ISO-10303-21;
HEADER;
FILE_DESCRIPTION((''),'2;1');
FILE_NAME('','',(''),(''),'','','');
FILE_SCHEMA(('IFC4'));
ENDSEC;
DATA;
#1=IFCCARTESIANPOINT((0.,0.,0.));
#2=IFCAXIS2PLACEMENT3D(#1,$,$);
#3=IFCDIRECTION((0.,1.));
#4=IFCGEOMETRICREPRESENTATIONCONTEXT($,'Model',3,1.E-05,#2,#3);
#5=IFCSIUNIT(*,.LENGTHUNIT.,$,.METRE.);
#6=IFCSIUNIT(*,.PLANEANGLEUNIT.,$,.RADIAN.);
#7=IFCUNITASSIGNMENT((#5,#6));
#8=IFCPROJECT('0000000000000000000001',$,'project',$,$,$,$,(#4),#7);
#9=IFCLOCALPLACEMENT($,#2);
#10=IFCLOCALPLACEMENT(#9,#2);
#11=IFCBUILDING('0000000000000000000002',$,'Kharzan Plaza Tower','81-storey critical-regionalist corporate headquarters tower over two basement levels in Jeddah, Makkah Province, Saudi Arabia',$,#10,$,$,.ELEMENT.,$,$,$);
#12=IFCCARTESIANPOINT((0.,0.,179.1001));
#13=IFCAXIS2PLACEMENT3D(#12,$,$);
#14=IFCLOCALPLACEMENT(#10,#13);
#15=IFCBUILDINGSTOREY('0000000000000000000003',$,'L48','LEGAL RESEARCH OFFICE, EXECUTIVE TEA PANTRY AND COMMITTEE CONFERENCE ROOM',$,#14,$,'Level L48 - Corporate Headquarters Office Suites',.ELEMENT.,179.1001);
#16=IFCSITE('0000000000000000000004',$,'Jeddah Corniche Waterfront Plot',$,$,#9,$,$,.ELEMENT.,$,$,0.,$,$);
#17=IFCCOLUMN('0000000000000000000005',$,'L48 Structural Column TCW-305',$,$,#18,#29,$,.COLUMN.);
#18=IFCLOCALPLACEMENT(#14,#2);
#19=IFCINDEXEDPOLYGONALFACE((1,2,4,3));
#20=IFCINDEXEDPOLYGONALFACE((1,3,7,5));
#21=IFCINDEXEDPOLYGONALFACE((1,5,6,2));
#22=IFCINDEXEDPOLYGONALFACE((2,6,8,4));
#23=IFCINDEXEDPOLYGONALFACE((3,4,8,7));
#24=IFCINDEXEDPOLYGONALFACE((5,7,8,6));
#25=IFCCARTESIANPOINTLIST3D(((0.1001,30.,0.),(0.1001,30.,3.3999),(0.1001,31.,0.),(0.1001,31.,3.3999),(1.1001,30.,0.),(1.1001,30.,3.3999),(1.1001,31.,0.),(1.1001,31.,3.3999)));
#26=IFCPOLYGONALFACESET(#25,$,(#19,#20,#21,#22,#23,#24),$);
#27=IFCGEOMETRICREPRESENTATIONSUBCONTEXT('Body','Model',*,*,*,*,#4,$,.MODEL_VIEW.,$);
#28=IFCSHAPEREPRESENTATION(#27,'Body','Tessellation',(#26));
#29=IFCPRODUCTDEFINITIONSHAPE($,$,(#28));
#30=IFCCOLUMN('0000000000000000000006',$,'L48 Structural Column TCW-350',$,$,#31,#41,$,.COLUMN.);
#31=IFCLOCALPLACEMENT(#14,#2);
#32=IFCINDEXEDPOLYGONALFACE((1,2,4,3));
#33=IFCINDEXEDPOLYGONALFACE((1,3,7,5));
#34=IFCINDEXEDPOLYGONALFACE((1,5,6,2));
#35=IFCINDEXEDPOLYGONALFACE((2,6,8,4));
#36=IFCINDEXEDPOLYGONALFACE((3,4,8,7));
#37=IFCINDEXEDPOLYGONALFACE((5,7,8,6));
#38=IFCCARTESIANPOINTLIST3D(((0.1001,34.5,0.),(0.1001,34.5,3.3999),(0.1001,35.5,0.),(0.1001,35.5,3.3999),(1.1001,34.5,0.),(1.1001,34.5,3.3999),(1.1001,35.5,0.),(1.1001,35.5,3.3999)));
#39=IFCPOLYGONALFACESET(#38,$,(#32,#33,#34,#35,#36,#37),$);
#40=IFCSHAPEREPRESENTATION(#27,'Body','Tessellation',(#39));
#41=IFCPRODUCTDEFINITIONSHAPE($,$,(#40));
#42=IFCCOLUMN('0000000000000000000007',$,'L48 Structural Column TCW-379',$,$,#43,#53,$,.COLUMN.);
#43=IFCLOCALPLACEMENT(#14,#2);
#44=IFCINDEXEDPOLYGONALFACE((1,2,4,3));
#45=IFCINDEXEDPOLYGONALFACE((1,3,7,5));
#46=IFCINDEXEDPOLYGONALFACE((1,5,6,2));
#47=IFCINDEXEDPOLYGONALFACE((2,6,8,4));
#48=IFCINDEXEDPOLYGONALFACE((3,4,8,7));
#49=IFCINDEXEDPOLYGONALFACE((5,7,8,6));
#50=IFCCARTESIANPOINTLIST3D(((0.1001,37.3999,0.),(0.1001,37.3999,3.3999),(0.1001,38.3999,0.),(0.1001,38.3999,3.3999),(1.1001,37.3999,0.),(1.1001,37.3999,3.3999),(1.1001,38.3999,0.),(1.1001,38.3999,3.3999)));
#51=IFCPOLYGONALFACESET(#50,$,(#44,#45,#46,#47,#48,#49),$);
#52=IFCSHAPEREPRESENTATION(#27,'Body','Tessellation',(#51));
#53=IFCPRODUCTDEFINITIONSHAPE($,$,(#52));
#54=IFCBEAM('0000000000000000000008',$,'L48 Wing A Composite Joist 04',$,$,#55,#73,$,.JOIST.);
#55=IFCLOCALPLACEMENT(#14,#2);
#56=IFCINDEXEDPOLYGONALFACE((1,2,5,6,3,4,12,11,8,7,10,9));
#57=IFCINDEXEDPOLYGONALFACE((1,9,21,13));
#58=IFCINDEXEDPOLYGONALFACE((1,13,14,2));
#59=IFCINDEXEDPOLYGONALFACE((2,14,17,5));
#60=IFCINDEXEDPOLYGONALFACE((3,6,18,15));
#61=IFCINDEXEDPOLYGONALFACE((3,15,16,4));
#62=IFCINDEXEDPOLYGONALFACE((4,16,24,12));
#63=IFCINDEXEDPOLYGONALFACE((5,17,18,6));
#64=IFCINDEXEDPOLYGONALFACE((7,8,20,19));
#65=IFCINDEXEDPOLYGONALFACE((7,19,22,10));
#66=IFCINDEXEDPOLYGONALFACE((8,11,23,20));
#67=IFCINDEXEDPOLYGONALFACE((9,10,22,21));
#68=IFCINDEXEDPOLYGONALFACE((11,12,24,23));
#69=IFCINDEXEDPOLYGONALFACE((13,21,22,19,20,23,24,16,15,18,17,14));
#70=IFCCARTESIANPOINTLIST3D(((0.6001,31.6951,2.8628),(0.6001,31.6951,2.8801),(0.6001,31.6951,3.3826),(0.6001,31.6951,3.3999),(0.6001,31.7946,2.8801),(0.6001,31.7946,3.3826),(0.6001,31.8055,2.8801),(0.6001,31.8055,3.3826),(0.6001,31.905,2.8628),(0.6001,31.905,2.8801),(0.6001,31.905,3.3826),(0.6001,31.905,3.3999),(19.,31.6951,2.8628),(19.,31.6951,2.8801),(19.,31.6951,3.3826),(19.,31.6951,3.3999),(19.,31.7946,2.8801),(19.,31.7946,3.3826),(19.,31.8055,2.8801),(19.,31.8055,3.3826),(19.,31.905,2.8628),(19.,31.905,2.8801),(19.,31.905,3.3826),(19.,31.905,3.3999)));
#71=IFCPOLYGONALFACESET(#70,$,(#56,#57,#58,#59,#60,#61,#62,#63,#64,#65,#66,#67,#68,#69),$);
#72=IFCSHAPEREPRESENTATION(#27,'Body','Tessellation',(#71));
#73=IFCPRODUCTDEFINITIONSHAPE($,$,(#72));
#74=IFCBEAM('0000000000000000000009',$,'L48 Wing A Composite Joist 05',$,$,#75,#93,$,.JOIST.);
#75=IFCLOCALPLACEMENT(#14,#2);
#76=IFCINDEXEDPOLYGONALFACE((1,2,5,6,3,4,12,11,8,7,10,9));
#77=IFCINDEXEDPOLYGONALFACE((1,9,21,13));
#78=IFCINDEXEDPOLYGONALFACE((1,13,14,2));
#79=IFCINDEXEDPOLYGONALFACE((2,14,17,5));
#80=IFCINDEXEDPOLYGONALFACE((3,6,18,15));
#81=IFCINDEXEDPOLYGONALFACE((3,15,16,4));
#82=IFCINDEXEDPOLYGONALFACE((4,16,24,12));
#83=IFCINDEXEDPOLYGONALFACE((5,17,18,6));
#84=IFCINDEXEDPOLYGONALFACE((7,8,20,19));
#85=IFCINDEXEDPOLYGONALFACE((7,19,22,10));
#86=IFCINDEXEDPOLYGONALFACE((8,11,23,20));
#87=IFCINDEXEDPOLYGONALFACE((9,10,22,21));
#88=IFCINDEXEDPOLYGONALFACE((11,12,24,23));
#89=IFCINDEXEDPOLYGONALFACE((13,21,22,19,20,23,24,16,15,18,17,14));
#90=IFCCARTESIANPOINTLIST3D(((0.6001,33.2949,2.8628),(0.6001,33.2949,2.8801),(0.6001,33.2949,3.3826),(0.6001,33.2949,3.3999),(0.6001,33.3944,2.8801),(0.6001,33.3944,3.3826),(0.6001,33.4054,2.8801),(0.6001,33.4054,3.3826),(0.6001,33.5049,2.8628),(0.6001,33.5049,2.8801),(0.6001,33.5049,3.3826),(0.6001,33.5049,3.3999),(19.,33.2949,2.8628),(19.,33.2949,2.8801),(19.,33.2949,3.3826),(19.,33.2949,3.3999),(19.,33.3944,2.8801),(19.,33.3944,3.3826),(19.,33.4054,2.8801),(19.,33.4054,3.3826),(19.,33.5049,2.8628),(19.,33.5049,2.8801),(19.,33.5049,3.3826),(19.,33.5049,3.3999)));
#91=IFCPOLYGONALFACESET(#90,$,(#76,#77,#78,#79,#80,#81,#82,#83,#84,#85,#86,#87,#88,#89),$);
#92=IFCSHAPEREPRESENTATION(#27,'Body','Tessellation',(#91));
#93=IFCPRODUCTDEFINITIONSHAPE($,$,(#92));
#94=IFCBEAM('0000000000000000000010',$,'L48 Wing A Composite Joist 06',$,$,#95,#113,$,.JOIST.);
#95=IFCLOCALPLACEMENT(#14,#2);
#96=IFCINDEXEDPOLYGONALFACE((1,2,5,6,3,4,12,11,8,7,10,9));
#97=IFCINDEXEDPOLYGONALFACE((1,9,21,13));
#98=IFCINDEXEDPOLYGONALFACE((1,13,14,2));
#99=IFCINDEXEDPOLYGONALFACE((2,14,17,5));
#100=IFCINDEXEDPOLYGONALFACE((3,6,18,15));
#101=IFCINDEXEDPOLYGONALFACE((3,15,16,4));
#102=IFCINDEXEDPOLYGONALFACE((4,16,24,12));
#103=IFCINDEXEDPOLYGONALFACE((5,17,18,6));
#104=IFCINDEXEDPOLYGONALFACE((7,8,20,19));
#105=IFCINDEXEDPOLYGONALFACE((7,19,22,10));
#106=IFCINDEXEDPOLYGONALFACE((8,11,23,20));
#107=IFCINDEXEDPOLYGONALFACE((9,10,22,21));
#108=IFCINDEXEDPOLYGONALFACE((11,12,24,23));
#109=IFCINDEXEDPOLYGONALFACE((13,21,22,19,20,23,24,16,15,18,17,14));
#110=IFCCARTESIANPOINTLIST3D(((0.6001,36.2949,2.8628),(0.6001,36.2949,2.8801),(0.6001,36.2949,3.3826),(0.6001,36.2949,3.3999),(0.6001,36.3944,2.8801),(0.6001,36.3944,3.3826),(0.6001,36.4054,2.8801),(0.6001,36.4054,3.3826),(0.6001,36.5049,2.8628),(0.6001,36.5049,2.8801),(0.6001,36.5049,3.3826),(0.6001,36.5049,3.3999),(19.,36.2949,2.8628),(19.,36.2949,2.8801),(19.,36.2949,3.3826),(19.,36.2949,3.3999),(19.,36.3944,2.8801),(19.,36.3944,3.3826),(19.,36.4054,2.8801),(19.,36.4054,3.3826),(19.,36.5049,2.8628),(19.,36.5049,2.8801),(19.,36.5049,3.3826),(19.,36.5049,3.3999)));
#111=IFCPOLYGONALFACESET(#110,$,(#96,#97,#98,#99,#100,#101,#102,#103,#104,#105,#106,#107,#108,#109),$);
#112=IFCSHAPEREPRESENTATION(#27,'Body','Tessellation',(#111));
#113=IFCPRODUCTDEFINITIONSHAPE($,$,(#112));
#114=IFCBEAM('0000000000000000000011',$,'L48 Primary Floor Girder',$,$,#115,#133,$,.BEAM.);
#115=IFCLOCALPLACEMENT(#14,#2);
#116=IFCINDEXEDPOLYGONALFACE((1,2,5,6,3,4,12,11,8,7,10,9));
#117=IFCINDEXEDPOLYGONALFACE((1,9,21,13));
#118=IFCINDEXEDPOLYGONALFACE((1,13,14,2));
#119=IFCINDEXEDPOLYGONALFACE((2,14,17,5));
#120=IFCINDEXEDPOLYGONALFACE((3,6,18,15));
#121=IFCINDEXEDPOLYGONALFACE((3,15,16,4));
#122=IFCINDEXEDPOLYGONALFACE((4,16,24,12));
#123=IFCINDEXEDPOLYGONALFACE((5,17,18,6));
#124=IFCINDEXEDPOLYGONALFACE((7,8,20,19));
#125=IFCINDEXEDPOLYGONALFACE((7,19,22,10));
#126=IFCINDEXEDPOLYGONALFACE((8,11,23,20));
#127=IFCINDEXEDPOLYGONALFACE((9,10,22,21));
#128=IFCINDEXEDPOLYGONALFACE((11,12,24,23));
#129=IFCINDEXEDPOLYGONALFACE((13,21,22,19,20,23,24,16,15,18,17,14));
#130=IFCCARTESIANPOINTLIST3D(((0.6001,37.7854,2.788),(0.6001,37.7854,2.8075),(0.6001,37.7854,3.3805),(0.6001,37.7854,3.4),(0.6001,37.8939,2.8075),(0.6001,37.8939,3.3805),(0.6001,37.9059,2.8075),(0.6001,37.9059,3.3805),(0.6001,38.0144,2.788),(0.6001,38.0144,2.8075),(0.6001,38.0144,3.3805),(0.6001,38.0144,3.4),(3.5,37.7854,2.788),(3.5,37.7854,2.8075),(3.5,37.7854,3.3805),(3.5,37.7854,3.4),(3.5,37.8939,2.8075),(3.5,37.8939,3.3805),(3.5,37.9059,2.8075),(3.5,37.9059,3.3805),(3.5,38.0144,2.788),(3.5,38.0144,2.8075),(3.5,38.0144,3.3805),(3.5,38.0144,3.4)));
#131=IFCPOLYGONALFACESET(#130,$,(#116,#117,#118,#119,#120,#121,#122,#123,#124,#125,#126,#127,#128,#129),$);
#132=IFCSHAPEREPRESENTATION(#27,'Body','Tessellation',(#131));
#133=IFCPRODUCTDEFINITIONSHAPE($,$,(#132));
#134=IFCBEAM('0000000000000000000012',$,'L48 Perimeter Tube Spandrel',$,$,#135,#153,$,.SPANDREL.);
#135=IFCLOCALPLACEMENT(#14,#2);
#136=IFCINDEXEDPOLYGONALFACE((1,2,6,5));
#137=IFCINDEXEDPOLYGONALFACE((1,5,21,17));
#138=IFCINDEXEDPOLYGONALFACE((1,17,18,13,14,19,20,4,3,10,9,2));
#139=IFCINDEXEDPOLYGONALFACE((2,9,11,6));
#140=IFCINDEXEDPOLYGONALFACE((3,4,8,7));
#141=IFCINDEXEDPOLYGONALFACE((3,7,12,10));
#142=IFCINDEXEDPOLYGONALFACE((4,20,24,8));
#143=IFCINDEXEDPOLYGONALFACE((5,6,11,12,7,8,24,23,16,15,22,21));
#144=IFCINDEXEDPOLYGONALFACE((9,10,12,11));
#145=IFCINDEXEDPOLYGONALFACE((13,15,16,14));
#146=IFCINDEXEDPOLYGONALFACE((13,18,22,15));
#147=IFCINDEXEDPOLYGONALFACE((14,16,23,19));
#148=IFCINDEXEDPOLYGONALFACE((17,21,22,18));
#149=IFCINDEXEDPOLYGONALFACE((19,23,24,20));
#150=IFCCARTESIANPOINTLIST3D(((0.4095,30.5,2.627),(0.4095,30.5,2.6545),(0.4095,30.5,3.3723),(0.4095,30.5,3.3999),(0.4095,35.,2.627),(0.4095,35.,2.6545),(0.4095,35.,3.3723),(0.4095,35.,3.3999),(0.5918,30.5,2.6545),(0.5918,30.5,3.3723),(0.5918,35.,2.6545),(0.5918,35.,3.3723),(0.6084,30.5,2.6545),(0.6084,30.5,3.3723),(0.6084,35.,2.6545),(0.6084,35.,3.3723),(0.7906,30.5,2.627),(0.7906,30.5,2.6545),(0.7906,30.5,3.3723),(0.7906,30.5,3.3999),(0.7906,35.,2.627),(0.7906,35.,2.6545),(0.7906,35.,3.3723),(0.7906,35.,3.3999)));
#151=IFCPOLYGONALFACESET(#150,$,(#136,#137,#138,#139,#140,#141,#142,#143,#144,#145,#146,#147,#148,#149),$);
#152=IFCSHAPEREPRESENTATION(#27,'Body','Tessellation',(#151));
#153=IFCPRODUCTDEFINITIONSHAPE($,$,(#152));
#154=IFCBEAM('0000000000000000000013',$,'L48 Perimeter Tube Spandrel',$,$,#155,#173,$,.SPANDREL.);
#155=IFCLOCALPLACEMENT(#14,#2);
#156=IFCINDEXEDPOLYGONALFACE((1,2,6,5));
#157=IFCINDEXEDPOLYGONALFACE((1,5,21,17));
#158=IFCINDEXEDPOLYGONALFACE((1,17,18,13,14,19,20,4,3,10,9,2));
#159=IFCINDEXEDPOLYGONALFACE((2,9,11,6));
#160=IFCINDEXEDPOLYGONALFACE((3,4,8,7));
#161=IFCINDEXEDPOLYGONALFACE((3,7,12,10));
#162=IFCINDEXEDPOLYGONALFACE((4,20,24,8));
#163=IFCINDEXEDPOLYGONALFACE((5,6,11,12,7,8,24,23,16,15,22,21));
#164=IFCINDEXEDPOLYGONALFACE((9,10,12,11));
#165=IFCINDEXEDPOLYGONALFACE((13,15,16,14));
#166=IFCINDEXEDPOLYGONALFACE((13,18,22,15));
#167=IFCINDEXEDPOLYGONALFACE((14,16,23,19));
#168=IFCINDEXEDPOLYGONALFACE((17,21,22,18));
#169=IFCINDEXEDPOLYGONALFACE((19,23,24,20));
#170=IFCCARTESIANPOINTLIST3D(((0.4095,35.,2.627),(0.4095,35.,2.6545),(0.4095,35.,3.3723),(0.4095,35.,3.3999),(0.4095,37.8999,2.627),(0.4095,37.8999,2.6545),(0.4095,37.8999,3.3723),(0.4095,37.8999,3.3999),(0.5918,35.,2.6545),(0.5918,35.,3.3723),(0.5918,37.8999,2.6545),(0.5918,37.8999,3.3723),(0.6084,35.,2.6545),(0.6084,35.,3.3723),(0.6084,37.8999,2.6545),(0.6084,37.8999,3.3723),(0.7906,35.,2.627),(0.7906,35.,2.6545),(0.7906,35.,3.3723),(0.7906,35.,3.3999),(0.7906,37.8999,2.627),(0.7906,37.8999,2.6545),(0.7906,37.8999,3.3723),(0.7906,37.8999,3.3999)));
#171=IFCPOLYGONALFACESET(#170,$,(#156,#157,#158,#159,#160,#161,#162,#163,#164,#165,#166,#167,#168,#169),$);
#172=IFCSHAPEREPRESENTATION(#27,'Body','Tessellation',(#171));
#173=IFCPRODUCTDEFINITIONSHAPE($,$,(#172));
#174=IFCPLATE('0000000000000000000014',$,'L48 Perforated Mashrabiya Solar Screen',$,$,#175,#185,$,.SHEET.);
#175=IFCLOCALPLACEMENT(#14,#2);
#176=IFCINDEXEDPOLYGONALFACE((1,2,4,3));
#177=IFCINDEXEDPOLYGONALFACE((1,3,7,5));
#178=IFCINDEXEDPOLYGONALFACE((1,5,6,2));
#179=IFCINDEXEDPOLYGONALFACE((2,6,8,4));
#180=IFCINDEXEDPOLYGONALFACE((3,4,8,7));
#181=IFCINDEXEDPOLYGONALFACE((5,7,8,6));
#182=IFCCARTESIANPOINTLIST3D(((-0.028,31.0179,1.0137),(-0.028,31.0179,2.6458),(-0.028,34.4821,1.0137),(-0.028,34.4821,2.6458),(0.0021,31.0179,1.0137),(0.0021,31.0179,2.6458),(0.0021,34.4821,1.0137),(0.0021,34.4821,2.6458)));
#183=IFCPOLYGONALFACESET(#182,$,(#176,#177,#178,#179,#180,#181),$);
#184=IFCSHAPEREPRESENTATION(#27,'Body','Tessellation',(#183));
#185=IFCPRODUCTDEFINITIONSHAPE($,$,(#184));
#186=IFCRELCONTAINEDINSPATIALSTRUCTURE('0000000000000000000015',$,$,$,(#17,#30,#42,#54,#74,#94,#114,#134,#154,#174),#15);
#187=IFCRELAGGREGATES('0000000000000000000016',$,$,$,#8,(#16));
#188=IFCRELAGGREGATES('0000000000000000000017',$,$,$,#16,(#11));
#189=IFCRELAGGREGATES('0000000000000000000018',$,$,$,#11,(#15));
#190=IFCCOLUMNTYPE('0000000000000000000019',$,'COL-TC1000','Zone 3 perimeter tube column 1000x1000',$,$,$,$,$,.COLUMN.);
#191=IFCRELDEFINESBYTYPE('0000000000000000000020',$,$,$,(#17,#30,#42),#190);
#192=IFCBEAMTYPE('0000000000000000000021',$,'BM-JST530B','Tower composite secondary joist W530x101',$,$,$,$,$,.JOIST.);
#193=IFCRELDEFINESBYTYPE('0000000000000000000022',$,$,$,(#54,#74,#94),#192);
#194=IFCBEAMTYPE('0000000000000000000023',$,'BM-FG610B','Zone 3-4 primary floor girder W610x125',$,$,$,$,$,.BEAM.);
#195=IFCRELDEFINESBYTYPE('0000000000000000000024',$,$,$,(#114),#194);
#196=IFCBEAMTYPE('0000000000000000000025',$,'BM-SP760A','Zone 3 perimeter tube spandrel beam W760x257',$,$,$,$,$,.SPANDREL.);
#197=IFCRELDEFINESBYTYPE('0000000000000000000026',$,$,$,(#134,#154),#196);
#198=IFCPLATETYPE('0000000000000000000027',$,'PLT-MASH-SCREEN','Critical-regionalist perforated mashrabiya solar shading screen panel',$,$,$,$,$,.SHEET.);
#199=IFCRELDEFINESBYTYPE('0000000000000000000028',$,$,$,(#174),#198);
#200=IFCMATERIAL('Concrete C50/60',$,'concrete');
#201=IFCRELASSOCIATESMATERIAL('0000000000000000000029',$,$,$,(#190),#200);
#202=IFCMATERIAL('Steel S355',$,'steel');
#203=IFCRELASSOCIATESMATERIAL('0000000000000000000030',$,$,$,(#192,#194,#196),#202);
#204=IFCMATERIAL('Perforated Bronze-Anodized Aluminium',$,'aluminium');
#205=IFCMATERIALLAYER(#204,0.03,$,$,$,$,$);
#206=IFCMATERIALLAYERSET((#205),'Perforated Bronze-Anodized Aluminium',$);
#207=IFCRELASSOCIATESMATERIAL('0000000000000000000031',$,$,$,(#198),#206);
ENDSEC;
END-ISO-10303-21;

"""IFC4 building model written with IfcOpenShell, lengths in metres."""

from ifc_helpers import new_model, si_unit, direction, frame, origin, origin_2d, place, context, subcontext, project, spatial, rectangle, i_section, extrude, source, transform, mapped, material, layer, layer_set, material_profile, profile_set, type_object, element, save


model = new_model("IFC4")

# Units and contexts
model_context = context("Model", 3, precision=1e-05, world=origin(), true_north=direction((0.0, 1.0)))
body_context = subcontext(model_context, "Body", "Model", "MODEL_VIEW")
ifc_project = project(units=[si_unit("LENGTHUNIT", "METRE"), si_unit("PLANEANGLEUNIT", "RADIAN")], contexts=[model_context])

# Site, building, storey
site_placement = place(None, origin())
site = spatial("IfcSite", under=ifc_project, at=site_placement, Name="Jeddah Corniche Waterfront Plot", CompositionType="ELEMENT", RefElevation=0.0)
building_placement = place(site_placement, origin())
building = spatial("IfcBuilding", under=site, at=building_placement, Name="Kharzan Plaza Tower", Description="81-storey critical-regionalist corporate headquarters tower over two basement levels in Jeddah, Makkah Province, Saudi Arabia", CompositionType="ELEMENT")
storey_placement = place(building_placement, frame((0.0, 0.0, 179.1001)))
storey = spatial("IfcBuildingStorey", under=building, at=storey_placement, Name="L48", Description="LEGAL RESEARCH OFFICE, EXECUTIVE TEA PANTRY AND COMMITTEE CONFERENCE ROOM", LongName="Level L48 - Corporate Headquarters Office Suites", CompositionType="ELEMENT", Elevation=179.1001)

# Columns
ifc_material_1 = material(Name="Concrete C50/60", Category="concrete")
ifc_material_profile_1 = material_profile(ifc_material_1, rectangle(XDim=1.0, YDim=1.0, at=origin_2d()), Name="RC-TC1000x1000")
ifc_profile_set_1 = profile_set([ifc_material_profile_1], Name="Concrete C50/60")
column_type = type_object("IfcColumnType", Name="COL-TC1000", Description="Zone 3 perimeter tube column 1000x1000", PredefinedType="COLUMN", material=ifc_profile_set_1)
shared_shape_1 = source(origin(), body_context, "Body", "SweptSolid", [
    extrude(rectangle(XDim=1.0, YDim=1.0, at=origin_2d()), origin(), (0.0, 0.0, 1.0), 3.3999),
])
for number, where, z_axis, x_axis, name in (
    (1, (0.6001, 30.5, 0.0), (0.0, 0.0, 1.0), (1.0, 0.0, 0.0), "L48 Structural Column TCW-305"),
    (2, (0.6001, 35.0, 0.0), (0.0, 0.0, 1.0), (1.0, 0.0, 0.0), "L48 Structural Column TCW-350"),
    (3, (0.6001, 37.8999, 0.0), (0.0, 0.0, 1.0), (1.0, 0.0, 0.0), "L48 Structural Column TCW-379"),
):
    element("IfcColumn", number, at=place(storey_placement, frame(where, z_axis=z_axis, x_axis=x_axis)), inside=storey, type_object=column_type, Name=name, PredefinedType="COLUMN", context=body_context, shape_type="MappedRepresentation", body=[
        mapped(shared_shape_1, transform((0.0, 0.0, 0.0), x_axis=(1.0, 0.0, 0.0), y_axis=(0.0, 1.0, 0.0), z_axis=(0.0, 0.0, 1.0))),
    ])

# Beams
ifc_material_2 = material(Name="Steel S355", Category="steel")
ifc_material_profile_2 = material_profile(ifc_material_2, i_section(OverallWidth=0.21, OverallDepth=0.5371, WebThickness=0.011, FlangeThickness=0.0173, at=origin_2d()), Name="W530x101")
ifc_profile_set_2 = profile_set([ifc_material_profile_2], Name="Steel S355")
beam_type_1 = type_object("IfcBeamType", Name="BM-JST530B", Description="Tower composite secondary joist W530x101", PredefinedType="JOIST", material=ifc_profile_set_2)
shared_shape_2 = source(origin(), body_context, "Body", "SweptSolid", [
    extrude(i_section(OverallWidth=0.21, OverallDepth=0.5371, WebThickness=0.011, FlangeThickness=0.0173, at=origin_2d()), origin(), (0.0, 0.0, 1.0), 18.3999),
])
for number, where, z_axis, x_axis, name in (
    (4, (0.6001, 31.8, 3.1313), (1.0, 0.0, 0.0), (0.0, 1.0, 0.0), "L48 Wing A Composite Joist 04"),
    (5, (0.6001, 33.3999, 3.1313), (1.0, 0.0, 0.0), (0.0, 1.0, 0.0), "L48 Wing A Composite Joist 05"),
    (6, (0.6001, 36.3999, 3.1313), (1.0, 0.0, 0.0), (0.0, 1.0, 0.0), "L48 Wing A Composite Joist 06"),
):
    element("IfcBeam", number, at=place(storey_placement, frame(where, z_axis=z_axis, x_axis=x_axis)), inside=storey, type_object=beam_type_1, Name=name, PredefinedType="JOIST", context=body_context, shape_type="MappedRepresentation", body=[
        mapped(shared_shape_2, transform((0.0, 0.0, 0.0), x_axis=(1.0, 0.0, 0.0), y_axis=(0.0, 1.0, 0.0), z_axis=(0.0, 0.0, 1.0))),
    ])
ifc_material_profile_3 = material_profile(ifc_material_2, i_section(OverallWidth=0.229, OverallDepth=0.6121, WebThickness=0.012, FlangeThickness=0.0195, at=origin_2d()), Name="W610x125")
ifc_profile_set_3 = profile_set([ifc_material_profile_3], Name="Steel S355")
beam_type_2 = type_object("IfcBeamType", Name="BM-FG610B", Description="Zone 3-4 primary floor girder W610x125", PredefinedType="BEAM", material=ifc_profile_set_3)
shared_shape_3 = source(origin(), body_context, "Body", "SweptSolid", [
    extrude(i_section(OverallWidth=0.229, OverallDepth=0.6121, WebThickness=0.012, FlangeThickness=0.0195, at=origin_2d()), origin(), (0.0, 0.0, 1.0), 2.8999),
])
beam_1_placement = place(storey_placement, frame((0.6001, 37.8999, 3.094), z_axis=(1.0, 0.0, 0.0), x_axis=(0.0, 1.0, 0.0)))
element("IfcBeam", 7, at=beam_1_placement, inside=storey, type_object=beam_type_2, Name="L48 Primary Floor Girder", PredefinedType="BEAM", context=body_context, shape_type="MappedRepresentation", body=[
    mapped(shared_shape_3, transform((0.0, 0.0, 0.0), x_axis=(1.0, 0.0, 0.0), y_axis=(0.0, 1.0, 0.0), z_axis=(0.0, 0.0, 1.0))),
])
ifc_material_profile_4 = material_profile(ifc_material_2, i_section(OverallWidth=0.3811, OverallDepth=0.7729, WebThickness=0.0166, FlangeThickness=0.0276, at=origin_2d()), Name="W760x257")
ifc_profile_set_4 = profile_set([ifc_material_profile_4], Name="Steel S355")
beam_type_3 = type_object("IfcBeamType", Name="BM-SP760A", Description="Zone 3 perimeter tube spandrel beam W760x257", PredefinedType="SPANDREL", material=ifc_profile_set_4)
shared_shape_4 = source(origin(), body_context, "Body", "SweptSolid", [
    extrude(i_section(OverallWidth=0.3811, OverallDepth=0.7729, WebThickness=0.0166, FlangeThickness=0.0276, at=origin_2d()), origin(), (0.0, 0.0, 1.0), 4.5),
])
beam_2_placement = place(storey_placement, frame((0.6001, 30.5, 3.0134), z_axis=(0.0, 1.0, 0.0), x_axis=(-1.0, 0.0, 0.0)))
element("IfcBeam", 8, at=beam_2_placement, inside=storey, type_object=beam_type_3, Name="L48 Perimeter Tube Spandrel", PredefinedType="SPANDREL", context=body_context, shape_type="MappedRepresentation", body=[
    mapped(shared_shape_4, transform((0.0, 0.0, 0.0), x_axis=(1.0, 0.0, 0.0), y_axis=(0.0, 1.0, 0.0), z_axis=(0.0, 0.0, 1.0))),
])
shared_shape_5 = source(origin(), body_context, "Body", "SweptSolid", [
    extrude(i_section(OverallWidth=0.3811, OverallDepth=0.7729, WebThickness=0.0166, FlangeThickness=0.0276, at=origin_2d()), origin(), (0.0, 0.0, 1.0), 2.8999),
])
beam_3_placement = place(storey_placement, frame((0.6001, 35.0, 3.0134), z_axis=(0.0, 1.0, 0.0), x_axis=(-1.0, 0.0, 0.0)))
element("IfcBeam", 9, at=beam_3_placement, inside=storey, type_object=beam_type_3, Name="L48 Perimeter Tube Spandrel", PredefinedType="SPANDREL", context=body_context, shape_type="MappedRepresentation", body=[
    mapped(shared_shape_5, transform((0.0, 0.0, 0.0), x_axis=(1.0, 0.0, 0.0), y_axis=(0.0, 1.0, 0.0), z_axis=(0.0, 0.0, 1.0))),
])

# Plate
ifc_material_3 = material(Name="Perforated Bronze-Anodized Aluminium", Category="aluminium")
ifc_layer_1 = layer(ifc_material_3, 0.03)
ifc_layer_set_1 = layer_set([ifc_layer_1], Name="Perforated Bronze-Anodized Aluminium")
plate_type = type_object("IfcPlateType", Name="PLT-MASH-SCREEN", Description="Critical-regionalist perforated mashrabiya solar shading screen panel", PredefinedType="SHEET", material=ifc_layer_set_1)
shared_shape_6 = source(origin(), body_context, "Body", "SweptSolid", [
    extrude(rectangle(XDim=3.4641, YDim=0.03, at=origin_2d()), origin(), (0.0, 0.0, 1.0), 1.6321),
])
plate_placement = place(storey_placement, frame((-0.0129, 32.75, 1.0137), z_axis=(0.0, 0.0, 1.0), x_axis=(0.0, -1.0, 0.0)))
element("IfcPlate", 10, at=plate_placement, inside=storey, type_object=plate_type, Name="L48 Perforated Mashrabiya Solar Screen", PredefinedType="SHEET", context=body_context, shape_type="MappedRepresentation", body=[
    mapped(shared_shape_6, transform((0.0, 0.0, 0.0), x_axis=(1.0, 0.0, 0.0), y_axis=(0.0, 1.0, 0.0), z_axis=(0.0, 0.0, 1.0))),
])

save(model, "model.ifc")
